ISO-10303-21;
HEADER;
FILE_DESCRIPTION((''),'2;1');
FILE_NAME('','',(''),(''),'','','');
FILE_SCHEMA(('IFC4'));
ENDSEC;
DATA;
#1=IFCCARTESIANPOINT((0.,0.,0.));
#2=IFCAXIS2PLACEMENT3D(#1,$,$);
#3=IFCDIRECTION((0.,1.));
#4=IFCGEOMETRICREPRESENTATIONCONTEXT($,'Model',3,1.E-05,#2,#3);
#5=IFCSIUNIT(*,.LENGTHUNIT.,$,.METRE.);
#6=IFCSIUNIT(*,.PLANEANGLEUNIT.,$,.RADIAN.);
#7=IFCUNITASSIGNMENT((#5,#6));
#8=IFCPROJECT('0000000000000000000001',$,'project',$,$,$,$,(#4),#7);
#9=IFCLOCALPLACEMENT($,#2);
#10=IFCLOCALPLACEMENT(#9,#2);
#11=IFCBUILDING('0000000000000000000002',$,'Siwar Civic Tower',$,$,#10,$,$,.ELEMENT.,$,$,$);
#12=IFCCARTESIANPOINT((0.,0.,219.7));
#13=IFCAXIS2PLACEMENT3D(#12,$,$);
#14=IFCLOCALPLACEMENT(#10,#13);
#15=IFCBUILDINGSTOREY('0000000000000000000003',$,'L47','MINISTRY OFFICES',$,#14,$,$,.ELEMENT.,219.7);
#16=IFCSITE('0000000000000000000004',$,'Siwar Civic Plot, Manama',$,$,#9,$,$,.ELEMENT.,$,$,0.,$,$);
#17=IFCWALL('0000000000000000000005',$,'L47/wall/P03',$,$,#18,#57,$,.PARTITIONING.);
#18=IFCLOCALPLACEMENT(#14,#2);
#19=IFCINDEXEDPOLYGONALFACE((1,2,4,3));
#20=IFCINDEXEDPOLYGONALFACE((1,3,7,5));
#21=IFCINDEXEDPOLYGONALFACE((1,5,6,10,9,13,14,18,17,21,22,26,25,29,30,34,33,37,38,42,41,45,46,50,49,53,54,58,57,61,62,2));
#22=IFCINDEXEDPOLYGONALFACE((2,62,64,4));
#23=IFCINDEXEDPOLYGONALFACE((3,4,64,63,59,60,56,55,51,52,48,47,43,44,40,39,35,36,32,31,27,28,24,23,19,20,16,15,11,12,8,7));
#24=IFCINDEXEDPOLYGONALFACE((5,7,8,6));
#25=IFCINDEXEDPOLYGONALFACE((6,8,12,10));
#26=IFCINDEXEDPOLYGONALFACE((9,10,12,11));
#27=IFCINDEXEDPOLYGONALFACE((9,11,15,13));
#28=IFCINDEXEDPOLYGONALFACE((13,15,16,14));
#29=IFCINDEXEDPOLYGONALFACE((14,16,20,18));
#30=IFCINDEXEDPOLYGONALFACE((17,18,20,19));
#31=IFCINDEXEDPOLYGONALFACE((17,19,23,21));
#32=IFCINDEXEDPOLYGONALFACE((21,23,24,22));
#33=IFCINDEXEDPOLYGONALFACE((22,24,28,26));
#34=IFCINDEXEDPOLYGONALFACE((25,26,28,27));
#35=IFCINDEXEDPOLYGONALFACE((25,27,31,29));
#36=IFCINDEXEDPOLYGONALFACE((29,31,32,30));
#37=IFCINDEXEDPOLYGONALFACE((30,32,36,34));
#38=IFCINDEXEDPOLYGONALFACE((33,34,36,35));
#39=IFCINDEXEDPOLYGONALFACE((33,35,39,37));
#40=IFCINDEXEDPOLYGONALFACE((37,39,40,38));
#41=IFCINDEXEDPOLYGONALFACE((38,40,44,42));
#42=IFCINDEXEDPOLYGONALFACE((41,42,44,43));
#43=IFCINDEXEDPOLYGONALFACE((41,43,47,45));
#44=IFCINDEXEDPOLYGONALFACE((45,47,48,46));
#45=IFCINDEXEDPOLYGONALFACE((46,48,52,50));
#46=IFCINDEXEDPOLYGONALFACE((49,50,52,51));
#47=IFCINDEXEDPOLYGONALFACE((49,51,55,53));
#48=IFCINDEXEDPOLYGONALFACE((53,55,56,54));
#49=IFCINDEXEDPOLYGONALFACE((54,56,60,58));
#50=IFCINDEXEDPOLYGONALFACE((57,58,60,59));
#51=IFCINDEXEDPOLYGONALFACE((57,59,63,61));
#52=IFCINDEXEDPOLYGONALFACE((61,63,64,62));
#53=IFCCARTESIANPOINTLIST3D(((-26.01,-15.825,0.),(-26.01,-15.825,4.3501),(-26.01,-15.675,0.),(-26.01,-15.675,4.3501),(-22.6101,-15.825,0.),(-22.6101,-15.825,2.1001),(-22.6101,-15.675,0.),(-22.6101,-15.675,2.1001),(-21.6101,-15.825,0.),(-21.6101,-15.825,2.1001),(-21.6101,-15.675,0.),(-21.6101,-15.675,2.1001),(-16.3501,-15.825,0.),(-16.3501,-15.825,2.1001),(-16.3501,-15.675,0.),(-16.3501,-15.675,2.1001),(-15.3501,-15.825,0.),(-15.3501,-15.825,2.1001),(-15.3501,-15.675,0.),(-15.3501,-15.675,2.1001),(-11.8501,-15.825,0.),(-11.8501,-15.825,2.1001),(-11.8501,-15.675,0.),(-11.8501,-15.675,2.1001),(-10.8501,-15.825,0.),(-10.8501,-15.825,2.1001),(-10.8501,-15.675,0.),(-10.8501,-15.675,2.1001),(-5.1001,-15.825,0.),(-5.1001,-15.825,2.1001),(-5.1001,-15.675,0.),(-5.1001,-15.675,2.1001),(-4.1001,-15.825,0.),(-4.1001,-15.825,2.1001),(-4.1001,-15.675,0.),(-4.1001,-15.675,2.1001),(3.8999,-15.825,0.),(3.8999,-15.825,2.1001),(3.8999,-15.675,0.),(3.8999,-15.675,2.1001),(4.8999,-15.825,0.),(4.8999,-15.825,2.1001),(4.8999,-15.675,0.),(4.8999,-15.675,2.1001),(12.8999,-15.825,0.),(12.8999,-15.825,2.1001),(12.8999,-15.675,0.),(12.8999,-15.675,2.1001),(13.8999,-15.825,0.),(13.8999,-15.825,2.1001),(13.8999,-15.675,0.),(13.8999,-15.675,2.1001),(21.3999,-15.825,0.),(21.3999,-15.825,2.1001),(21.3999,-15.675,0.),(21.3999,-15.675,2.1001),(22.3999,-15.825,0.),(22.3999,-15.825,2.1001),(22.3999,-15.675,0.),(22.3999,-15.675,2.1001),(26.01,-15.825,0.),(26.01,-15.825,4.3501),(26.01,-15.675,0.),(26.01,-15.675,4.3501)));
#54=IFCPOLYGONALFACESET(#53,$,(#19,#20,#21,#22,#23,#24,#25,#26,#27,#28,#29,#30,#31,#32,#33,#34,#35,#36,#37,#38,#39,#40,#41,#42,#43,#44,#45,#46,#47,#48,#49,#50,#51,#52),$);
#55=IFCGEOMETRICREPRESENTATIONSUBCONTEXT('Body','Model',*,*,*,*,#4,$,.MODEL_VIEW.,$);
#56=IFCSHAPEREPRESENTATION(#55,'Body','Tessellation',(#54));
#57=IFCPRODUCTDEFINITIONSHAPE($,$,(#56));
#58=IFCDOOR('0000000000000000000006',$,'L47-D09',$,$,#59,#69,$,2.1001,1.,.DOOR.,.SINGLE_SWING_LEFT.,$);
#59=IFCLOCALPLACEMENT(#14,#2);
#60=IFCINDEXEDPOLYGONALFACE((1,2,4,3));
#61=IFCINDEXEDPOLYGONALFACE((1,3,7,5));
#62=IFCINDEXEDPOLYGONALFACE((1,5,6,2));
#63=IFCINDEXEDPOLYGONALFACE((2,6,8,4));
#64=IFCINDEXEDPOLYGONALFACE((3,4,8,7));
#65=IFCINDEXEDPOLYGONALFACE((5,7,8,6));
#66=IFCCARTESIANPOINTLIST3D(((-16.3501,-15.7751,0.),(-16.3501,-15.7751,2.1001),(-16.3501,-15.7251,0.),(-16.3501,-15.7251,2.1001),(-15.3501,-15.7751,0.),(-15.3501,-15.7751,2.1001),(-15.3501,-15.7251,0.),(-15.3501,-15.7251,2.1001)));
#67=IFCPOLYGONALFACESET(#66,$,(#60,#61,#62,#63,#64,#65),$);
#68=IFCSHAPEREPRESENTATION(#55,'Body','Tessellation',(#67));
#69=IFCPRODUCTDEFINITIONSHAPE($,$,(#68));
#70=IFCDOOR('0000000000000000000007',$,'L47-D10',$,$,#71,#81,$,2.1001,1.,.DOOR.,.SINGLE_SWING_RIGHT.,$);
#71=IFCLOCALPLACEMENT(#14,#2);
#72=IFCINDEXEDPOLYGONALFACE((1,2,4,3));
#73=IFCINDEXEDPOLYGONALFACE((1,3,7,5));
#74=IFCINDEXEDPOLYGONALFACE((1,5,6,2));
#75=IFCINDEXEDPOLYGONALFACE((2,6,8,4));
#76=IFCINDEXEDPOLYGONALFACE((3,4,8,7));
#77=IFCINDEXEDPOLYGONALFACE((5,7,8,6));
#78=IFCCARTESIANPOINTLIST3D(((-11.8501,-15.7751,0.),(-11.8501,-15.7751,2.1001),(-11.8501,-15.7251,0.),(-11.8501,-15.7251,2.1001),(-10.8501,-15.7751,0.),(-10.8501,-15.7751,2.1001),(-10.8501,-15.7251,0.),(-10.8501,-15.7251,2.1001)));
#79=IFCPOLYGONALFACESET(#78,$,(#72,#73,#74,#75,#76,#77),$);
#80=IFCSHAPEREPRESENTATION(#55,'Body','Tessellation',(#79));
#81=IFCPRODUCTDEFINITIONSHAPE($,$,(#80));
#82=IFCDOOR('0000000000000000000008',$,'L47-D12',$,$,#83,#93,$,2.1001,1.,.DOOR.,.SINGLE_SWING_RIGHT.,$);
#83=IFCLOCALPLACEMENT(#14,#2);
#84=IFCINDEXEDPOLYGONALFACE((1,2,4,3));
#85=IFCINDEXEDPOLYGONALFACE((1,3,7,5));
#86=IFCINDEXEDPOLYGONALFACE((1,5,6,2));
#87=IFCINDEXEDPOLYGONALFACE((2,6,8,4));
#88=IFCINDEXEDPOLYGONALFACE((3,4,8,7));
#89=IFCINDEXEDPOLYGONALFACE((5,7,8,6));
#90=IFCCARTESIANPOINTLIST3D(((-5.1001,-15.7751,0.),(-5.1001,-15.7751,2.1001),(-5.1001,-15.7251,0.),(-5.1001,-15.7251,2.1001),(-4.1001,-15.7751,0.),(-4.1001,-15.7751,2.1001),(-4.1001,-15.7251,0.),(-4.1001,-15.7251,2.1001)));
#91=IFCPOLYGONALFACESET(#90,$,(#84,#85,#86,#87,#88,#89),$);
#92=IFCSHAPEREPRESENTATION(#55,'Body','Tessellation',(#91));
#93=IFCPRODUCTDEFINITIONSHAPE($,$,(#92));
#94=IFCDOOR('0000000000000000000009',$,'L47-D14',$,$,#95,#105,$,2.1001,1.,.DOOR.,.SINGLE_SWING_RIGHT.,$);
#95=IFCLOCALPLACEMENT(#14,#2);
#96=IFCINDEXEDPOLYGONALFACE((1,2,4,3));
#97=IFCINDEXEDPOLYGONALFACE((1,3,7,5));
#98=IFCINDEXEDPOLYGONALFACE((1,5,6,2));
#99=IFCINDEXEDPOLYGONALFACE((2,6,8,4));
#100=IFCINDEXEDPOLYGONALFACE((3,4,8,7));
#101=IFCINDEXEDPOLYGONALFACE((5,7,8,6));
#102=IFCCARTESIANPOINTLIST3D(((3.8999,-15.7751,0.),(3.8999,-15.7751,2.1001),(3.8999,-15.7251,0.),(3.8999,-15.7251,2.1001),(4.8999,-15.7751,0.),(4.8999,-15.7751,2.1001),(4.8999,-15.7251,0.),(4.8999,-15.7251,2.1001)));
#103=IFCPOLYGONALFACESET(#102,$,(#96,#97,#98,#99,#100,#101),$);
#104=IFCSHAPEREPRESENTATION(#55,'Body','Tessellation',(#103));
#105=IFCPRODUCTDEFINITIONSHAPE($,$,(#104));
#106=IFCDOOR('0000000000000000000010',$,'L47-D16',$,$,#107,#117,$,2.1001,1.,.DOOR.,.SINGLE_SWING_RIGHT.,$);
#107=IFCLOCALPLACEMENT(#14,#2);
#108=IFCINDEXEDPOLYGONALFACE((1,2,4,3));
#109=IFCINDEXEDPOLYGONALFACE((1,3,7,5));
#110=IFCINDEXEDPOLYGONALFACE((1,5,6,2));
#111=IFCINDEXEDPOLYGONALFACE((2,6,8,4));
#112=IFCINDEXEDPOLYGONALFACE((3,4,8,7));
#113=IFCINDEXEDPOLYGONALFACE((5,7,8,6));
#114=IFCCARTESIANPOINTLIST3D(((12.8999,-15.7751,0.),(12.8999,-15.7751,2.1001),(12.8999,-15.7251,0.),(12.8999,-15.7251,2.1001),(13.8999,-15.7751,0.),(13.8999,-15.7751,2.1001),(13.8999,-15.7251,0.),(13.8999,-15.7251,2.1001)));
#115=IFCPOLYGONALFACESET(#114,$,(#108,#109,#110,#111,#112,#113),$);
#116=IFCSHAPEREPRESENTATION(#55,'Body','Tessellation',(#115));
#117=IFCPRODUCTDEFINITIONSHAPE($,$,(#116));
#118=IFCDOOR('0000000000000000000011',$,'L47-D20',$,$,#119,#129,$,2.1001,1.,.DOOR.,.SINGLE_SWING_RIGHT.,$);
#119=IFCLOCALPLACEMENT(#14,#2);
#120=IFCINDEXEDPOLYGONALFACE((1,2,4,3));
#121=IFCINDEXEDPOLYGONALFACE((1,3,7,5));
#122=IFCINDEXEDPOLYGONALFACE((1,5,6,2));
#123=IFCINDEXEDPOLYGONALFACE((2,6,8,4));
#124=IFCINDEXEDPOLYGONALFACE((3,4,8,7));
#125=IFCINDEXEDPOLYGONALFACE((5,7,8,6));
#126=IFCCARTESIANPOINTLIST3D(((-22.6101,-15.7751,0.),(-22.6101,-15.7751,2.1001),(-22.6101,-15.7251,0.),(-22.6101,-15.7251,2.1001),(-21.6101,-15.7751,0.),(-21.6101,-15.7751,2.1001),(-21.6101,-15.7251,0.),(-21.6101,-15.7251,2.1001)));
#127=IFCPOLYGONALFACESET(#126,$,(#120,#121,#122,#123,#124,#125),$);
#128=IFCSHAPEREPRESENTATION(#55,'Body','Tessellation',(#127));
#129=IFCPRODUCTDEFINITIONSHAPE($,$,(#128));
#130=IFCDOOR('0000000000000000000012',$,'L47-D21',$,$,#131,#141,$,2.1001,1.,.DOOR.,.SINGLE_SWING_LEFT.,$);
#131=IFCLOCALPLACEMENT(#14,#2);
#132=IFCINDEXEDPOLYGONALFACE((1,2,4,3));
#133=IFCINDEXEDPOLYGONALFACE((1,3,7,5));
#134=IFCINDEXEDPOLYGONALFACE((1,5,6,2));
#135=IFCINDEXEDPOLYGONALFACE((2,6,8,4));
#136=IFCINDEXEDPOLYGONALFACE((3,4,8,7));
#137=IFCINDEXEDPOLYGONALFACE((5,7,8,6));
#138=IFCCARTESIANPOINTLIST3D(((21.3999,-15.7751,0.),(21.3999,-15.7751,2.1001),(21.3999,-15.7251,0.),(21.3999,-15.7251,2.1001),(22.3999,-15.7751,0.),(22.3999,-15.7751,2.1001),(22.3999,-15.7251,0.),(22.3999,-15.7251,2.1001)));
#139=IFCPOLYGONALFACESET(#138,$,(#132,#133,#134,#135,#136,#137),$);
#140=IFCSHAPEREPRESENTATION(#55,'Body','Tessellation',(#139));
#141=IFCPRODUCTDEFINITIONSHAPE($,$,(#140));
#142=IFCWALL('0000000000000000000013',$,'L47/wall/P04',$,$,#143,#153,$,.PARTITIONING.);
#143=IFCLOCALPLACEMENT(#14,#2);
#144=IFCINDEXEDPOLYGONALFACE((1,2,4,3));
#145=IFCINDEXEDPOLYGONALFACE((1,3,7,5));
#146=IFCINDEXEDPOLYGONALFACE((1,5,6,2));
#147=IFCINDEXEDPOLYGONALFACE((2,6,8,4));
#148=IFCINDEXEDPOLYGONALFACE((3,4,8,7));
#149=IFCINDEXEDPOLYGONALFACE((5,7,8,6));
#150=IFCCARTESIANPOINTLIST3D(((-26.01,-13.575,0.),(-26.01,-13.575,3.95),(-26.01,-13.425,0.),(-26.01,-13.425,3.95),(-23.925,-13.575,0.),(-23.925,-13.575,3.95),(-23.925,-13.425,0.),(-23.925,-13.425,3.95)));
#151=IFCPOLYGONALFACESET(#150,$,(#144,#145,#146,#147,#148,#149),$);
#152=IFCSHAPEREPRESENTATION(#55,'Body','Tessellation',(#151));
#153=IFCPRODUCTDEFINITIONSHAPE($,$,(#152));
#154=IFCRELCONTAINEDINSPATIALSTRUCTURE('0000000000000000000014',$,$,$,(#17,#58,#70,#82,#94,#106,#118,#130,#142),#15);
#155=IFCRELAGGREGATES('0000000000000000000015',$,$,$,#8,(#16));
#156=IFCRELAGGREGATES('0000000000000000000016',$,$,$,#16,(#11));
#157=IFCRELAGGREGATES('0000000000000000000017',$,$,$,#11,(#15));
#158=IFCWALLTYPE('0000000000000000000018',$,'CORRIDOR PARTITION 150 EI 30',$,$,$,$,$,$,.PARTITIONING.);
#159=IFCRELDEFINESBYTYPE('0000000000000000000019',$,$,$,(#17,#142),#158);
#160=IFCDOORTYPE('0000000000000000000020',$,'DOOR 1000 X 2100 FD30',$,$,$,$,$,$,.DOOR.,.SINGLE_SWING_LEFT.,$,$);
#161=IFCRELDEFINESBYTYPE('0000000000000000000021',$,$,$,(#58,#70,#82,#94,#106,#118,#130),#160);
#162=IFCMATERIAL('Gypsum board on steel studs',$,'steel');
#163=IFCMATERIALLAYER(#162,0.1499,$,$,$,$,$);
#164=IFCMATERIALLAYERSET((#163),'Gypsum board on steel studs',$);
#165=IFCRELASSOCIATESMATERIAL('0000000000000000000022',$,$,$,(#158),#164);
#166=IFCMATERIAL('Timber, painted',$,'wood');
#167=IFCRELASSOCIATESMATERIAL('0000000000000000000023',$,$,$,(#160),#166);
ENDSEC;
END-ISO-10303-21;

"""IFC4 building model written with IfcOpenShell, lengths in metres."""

from ifc_helpers import new_model, si_unit, direction, frame, frame_2d, origin, place, context, subcontext, project, spatial, rectangle, extrude, material, layer, layer_set, type_object, element, fill, save


model = new_model("IFC4")

# Units and contexts
model_context = context("Model", 3, precision=1e-05, world=origin(), true_north=direction((0.0, 1.0)))
body_context = subcontext(model_context, "Body", "Model", "MODEL_VIEW")
ifc_project = project(units=[si_unit("LENGTHUNIT", "METRE"), si_unit("PLANEANGLEUNIT", "RADIAN")], contexts=[model_context])

# Site, building, storey
site_placement = place(None, origin())
site = spatial("IfcSite", under=ifc_project, at=site_placement, Name="Siwar Civic Plot, Manama", CompositionType="ELEMENT", RefElevation=0.0)
building_placement = place(site_placement, origin())
building = spatial("IfcBuilding", under=site, at=building_placement, Name="Siwar Civic Tower", CompositionType="ELEMENT")
storey_placement = place(building_placement, frame((0.0, 0.0, 219.7)))
storey = spatial("IfcBuildingStorey", under=building, at=storey_placement, Name="L47", Description="MINISTRY OFFICES", CompositionType="ELEMENT", Elevation=219.7)

# Wall, openings, doors
ifc_material_1 = material(Name="Gypsum board on steel studs", Category="steel")
ifc_layer_1 = layer(ifc_material_1, 0.1499)
ifc_layer_set_1 = layer_set([ifc_layer_1], Name="Gypsum board on steel studs")
wall_type_1 = type_object("IfcWallType", Name="CORRIDOR PARTITION 150 EI 30", PredefinedType="PARTITIONING", material=ifc_layer_set_1)
wall_1_placement = place(storey_placement, frame((-26.01, -15.75, 0.0), z_axis=(0.0, 0.0, 1.0), x_axis=(1.0, 0.0, 0.0)))
wall_1 = element("IfcWall", 1, at=wall_1_placement, inside=storey, type_object=wall_type_1, Name="L47/wall/P03", PredefinedType="PARTITIONING", context=body_context, shape_type="SweptSolid", body=[
    extrude(rectangle(XDim=52.02, YDim=0.1499, at=frame_2d((26.01, 0.0))), origin(), (0.0, 0.0, 1.0), 4.3501),
])
opening_1_placement = place(wall_1_placement, frame((9.6599, 0.0, 0.0)))
opening_1 = element("IfcOpeningElement", 2, at=opening_1_placement, cuts=wall_1, PredefinedType="OPENING", context=body_context, shape_type="SweptSolid", body=[
    extrude(rectangle(XDim=1.0, YDim=2.1001, at=frame_2d((0.5, 1.05))), frame((0.0, 0.085, 0.0), z_axis=(0.0, -1.0, 0.0), x_axis=(1.0, 0.0, 0.0)), (0.0, 0.0, 1.0), 0.1699),
])
opening_2_placement = place(wall_1_placement, frame((14.1599, 0.0, 0.0)))
opening_2 = element("IfcOpeningElement", 3, at=opening_2_placement, cuts=wall_1, PredefinedType="OPENING", context=body_context, shape_type="SweptSolid", body=[
    extrude(rectangle(XDim=1.0, YDim=2.1001, at=frame_2d((0.5, 1.05))), frame((0.0, 0.085, 0.0), z_axis=(0.0, -1.0, 0.0), x_axis=(1.0, 0.0, 0.0)), (0.0, 0.0, 1.0), 0.1699),
])
opening_3_placement = place(wall_1_placement, frame((20.9099, 0.0, 0.0)))
opening_3 = element("IfcOpeningElement", 4, at=opening_3_placement, cuts=wall_1, PredefinedType="OPENING", context=body_context, shape_type="SweptSolid", body=[
    extrude(rectangle(XDim=1.0, YDim=2.1001, at=frame_2d((0.5, 1.05))), frame((0.0, 0.085, 0.0), z_axis=(0.0, -1.0, 0.0), x_axis=(1.0, 0.0, 0.0)), (0.0, 0.0, 1.0), 0.1699),
])
opening_4_placement = place(wall_1_placement, frame((29.9099, 0.0, 0.0)))
opening_4 = element("IfcOpeningElement", 5, at=opening_4_placement, cuts=wall_1, PredefinedType="OPENING", context=body_context, shape_type="SweptSolid", body=[
    extrude(rectangle(XDim=1.0, YDim=2.1001, at=frame_2d((0.5, 1.05))), frame((0.0, 0.085, 0.0), z_axis=(0.0, -1.0, 0.0), x_axis=(1.0, 0.0, 0.0)), (0.0, 0.0, 1.0), 0.1699),
])
opening_5_placement = place(wall_1_placement, frame((38.9099, 0.0, 0.0)))
opening_5 = element("IfcOpeningElement", 6, at=opening_5_placement, cuts=wall_1, PredefinedType="OPENING", context=body_context, shape_type="SweptSolid", body=[
    extrude(rectangle(XDim=1.0, YDim=2.1001, at=frame_2d((0.5, 1.05))), frame((0.0, 0.085, 0.0), z_axis=(0.0, -1.0, 0.0), x_axis=(1.0, 0.0, 0.0)), (0.0, 0.0, 1.0), 0.1699),
])
opening_6_placement = place(wall_1_placement, frame((3.3999, 0.0, 0.0)))
opening_6 = element("IfcOpeningElement", 7, at=opening_6_placement, cuts=wall_1, PredefinedType="OPENING", context=body_context, shape_type="SweptSolid", body=[
    extrude(rectangle(XDim=1.0, YDim=2.1001, at=frame_2d((0.5, 1.05))), frame((0.0, 0.085, 0.0), z_axis=(0.0, -1.0, 0.0), x_axis=(1.0, 0.0, 0.0)), (0.0, 0.0, 1.0), 0.1699),
])
opening_7_placement = place(wall_1_placement, frame((47.4099, 0.0, 0.0)))
opening_7 = element("IfcOpeningElement", 8, at=opening_7_placement, cuts=wall_1, PredefinedType="OPENING", context=body_context, shape_type="SweptSolid", body=[
    extrude(rectangle(XDim=1.0, YDim=2.1001, at=frame_2d((0.5, 1.05))), frame((0.0, 0.085, 0.0), z_axis=(0.0, -1.0, 0.0), x_axis=(1.0, 0.0, 0.0)), (0.0, 0.0, 1.0), 0.1699),
])
ifc_material_2 = material(Name="Timber, painted", Category="wood")
door_type_1 = type_object("IfcDoorType", Name="DOOR 1000 X 2100 FD30", OperationType="SINGLE_SWING_LEFT", PredefinedType="DOOR", material=ifc_material_2)
door_1_placement = place(opening_1_placement, origin())
door_1 = element("IfcDoor", 9, at=door_1_placement, inside=storey, type_object=door_type_1, Name="L47-D09", OperationType="SINGLE_SWING_LEFT", OverallHeight=2.1001, OverallWidth=1.0, PredefinedType="DOOR", context=body_context, shape_type="SweptSolid", body=[
    extrude(rectangle(XDim=1.0, YDim=2.1001, at=frame_2d((0.5, 1.05))), frame((0.0, 0.0249, 0.0), z_axis=(0.0, -1.0, 0.0), x_axis=(1.0, 0.0, 0.0)), (0.0, 0.0, 1.0), 0.05),
])
fill(opening_1, door_1)
door_2_placement = place(opening_2_placement, origin())
door_2 = element("IfcDoor", 10, at=door_2_placement, inside=storey, type_object=door_type_1, Name="L47-D10", OperationType="SINGLE_SWING_RIGHT", OverallHeight=2.1001, OverallWidth=1.0, PredefinedType="DOOR", context=body_context, shape_type="SweptSolid", body=[
    extrude(rectangle(XDim=1.0, YDim=2.1001, at=frame_2d((0.5, 1.05))), frame((0.0, 0.0249, 0.0), z_axis=(0.0, -1.0, 0.0), x_axis=(1.0, 0.0, 0.0)), (0.0, 0.0, 1.0), 0.05),
])
fill(opening_2, door_2)
door_3_placement = place(opening_3_placement, origin())
door_3 = element("IfcDoor", 11, at=door_3_placement, inside=storey, type_object=door_type_1, Name="L47-D12", OperationType="SINGLE_SWING_RIGHT", OverallHeight=2.1001, OverallWidth=1.0, PredefinedType="DOOR", context=body_context, shape_type="SweptSolid", body=[
    extrude(rectangle(XDim=1.0, YDim=2.1001, at=frame_2d((0.5, 1.05))), frame((0.0, 0.0249, 0.0), z_axis=(0.0, -1.0, 0.0), x_axis=(1.0, 0.0, 0.0)), (0.0, 0.0, 1.0), 0.05),
])
fill(opening_3, door_3)
door_4_placement = place(opening_4_placement, origin())
door_4 = element("IfcDoor", 12, at=door_4_placement, inside=storey, type_object=door_type_1, Name="L47-D14", OperationType="SINGLE_SWING_RIGHT", OverallHeight=2.1001, OverallWidth=1.0, PredefinedType="DOOR", context=body_context, shape_type="SweptSolid", body=[
    extrude(rectangle(XDim=1.0, YDim=2.1001, at=frame_2d((0.5, 1.05))), frame((0.0, 0.0249, 0.0), z_axis=(0.0, -1.0, 0.0), x_axis=(1.0, 0.0, 0.0)), (0.0, 0.0, 1.0), 0.05),
])
fill(opening_4, door_4)
door_5_placement = place(opening_5_placement, origin())
door_5 = element("IfcDoor", 13, at=door_5_placement, inside=storey, type_object=door_type_1, Name="L47-D16", OperationType="SINGLE_SWING_RIGHT", OverallHeight=2.1001, OverallWidth=1.0, PredefinedType="DOOR", context=body_context, shape_type="SweptSolid", body=[
    extrude(rectangle(XDim=1.0, YDim=2.1001, at=frame_2d((0.5, 1.05))), frame((0.0, 0.0249, 0.0), z_axis=(0.0, -1.0, 0.0), x_axis=(1.0, 0.0, 0.0)), (0.0, 0.0, 1.0), 0.05),
])
fill(opening_5, door_5)
door_6_placement = place(opening_6_placement, origin())
door_6 = element("IfcDoor", 14, at=door_6_placement, inside=storey, type_object=door_type_1, Name="L47-D20", OperationType="SINGLE_SWING_RIGHT", OverallHeight=2.1001, OverallWidth=1.0, PredefinedType="DOOR", context=body_context, shape_type="SweptSolid", body=[
    extrude(rectangle(XDim=1.0, YDim=2.1001, at=frame_2d((0.5, 1.05))), frame((0.0, 0.0249, 0.0), z_axis=(0.0, -1.0, 0.0), x_axis=(1.0, 0.0, 0.0)), (0.0, 0.0, 1.0), 0.05),
])
fill(opening_6, door_6)
door_7_placement = place(opening_7_placement, origin())
door_7 = element("IfcDoor", 15, at=door_7_placement, inside=storey, type_object=door_type_1, Name="L47-D21", OperationType="SINGLE_SWING_LEFT", OverallHeight=2.1001, OverallWidth=1.0, PredefinedType="DOOR", context=body_context, shape_type="SweptSolid", body=[
    extrude(rectangle(XDim=1.0, YDim=2.1001, at=frame_2d((0.5, 1.05))), frame((0.0, 0.0249, 0.0), z_axis=(0.0, -1.0, 0.0), x_axis=(1.0, 0.0, 0.0)), (0.0, 0.0, 1.0), 0.05),
])
fill(opening_7, door_7)

# Wall
wall_2_placement = place(storey_placement, frame((-26.01, -13.5, 0.0), z_axis=(0.0, 0.0, 1.0), x_axis=(1.0, 0.0, 0.0)))
element("IfcWall", 16, at=wall_2_placement, inside=storey, type_object=wall_type_1, Name="L47/wall/P04", PredefinedType="PARTITIONING", context=body_context, shape_type="SweptSolid", body=[
    extrude(rectangle(XDim=2.085, YDim=0.1499, at=frame_2d((1.0425, 0.0))), origin(), (0.0, 0.0, 1.0), 3.95),
])

save(model, "model.ifc")
